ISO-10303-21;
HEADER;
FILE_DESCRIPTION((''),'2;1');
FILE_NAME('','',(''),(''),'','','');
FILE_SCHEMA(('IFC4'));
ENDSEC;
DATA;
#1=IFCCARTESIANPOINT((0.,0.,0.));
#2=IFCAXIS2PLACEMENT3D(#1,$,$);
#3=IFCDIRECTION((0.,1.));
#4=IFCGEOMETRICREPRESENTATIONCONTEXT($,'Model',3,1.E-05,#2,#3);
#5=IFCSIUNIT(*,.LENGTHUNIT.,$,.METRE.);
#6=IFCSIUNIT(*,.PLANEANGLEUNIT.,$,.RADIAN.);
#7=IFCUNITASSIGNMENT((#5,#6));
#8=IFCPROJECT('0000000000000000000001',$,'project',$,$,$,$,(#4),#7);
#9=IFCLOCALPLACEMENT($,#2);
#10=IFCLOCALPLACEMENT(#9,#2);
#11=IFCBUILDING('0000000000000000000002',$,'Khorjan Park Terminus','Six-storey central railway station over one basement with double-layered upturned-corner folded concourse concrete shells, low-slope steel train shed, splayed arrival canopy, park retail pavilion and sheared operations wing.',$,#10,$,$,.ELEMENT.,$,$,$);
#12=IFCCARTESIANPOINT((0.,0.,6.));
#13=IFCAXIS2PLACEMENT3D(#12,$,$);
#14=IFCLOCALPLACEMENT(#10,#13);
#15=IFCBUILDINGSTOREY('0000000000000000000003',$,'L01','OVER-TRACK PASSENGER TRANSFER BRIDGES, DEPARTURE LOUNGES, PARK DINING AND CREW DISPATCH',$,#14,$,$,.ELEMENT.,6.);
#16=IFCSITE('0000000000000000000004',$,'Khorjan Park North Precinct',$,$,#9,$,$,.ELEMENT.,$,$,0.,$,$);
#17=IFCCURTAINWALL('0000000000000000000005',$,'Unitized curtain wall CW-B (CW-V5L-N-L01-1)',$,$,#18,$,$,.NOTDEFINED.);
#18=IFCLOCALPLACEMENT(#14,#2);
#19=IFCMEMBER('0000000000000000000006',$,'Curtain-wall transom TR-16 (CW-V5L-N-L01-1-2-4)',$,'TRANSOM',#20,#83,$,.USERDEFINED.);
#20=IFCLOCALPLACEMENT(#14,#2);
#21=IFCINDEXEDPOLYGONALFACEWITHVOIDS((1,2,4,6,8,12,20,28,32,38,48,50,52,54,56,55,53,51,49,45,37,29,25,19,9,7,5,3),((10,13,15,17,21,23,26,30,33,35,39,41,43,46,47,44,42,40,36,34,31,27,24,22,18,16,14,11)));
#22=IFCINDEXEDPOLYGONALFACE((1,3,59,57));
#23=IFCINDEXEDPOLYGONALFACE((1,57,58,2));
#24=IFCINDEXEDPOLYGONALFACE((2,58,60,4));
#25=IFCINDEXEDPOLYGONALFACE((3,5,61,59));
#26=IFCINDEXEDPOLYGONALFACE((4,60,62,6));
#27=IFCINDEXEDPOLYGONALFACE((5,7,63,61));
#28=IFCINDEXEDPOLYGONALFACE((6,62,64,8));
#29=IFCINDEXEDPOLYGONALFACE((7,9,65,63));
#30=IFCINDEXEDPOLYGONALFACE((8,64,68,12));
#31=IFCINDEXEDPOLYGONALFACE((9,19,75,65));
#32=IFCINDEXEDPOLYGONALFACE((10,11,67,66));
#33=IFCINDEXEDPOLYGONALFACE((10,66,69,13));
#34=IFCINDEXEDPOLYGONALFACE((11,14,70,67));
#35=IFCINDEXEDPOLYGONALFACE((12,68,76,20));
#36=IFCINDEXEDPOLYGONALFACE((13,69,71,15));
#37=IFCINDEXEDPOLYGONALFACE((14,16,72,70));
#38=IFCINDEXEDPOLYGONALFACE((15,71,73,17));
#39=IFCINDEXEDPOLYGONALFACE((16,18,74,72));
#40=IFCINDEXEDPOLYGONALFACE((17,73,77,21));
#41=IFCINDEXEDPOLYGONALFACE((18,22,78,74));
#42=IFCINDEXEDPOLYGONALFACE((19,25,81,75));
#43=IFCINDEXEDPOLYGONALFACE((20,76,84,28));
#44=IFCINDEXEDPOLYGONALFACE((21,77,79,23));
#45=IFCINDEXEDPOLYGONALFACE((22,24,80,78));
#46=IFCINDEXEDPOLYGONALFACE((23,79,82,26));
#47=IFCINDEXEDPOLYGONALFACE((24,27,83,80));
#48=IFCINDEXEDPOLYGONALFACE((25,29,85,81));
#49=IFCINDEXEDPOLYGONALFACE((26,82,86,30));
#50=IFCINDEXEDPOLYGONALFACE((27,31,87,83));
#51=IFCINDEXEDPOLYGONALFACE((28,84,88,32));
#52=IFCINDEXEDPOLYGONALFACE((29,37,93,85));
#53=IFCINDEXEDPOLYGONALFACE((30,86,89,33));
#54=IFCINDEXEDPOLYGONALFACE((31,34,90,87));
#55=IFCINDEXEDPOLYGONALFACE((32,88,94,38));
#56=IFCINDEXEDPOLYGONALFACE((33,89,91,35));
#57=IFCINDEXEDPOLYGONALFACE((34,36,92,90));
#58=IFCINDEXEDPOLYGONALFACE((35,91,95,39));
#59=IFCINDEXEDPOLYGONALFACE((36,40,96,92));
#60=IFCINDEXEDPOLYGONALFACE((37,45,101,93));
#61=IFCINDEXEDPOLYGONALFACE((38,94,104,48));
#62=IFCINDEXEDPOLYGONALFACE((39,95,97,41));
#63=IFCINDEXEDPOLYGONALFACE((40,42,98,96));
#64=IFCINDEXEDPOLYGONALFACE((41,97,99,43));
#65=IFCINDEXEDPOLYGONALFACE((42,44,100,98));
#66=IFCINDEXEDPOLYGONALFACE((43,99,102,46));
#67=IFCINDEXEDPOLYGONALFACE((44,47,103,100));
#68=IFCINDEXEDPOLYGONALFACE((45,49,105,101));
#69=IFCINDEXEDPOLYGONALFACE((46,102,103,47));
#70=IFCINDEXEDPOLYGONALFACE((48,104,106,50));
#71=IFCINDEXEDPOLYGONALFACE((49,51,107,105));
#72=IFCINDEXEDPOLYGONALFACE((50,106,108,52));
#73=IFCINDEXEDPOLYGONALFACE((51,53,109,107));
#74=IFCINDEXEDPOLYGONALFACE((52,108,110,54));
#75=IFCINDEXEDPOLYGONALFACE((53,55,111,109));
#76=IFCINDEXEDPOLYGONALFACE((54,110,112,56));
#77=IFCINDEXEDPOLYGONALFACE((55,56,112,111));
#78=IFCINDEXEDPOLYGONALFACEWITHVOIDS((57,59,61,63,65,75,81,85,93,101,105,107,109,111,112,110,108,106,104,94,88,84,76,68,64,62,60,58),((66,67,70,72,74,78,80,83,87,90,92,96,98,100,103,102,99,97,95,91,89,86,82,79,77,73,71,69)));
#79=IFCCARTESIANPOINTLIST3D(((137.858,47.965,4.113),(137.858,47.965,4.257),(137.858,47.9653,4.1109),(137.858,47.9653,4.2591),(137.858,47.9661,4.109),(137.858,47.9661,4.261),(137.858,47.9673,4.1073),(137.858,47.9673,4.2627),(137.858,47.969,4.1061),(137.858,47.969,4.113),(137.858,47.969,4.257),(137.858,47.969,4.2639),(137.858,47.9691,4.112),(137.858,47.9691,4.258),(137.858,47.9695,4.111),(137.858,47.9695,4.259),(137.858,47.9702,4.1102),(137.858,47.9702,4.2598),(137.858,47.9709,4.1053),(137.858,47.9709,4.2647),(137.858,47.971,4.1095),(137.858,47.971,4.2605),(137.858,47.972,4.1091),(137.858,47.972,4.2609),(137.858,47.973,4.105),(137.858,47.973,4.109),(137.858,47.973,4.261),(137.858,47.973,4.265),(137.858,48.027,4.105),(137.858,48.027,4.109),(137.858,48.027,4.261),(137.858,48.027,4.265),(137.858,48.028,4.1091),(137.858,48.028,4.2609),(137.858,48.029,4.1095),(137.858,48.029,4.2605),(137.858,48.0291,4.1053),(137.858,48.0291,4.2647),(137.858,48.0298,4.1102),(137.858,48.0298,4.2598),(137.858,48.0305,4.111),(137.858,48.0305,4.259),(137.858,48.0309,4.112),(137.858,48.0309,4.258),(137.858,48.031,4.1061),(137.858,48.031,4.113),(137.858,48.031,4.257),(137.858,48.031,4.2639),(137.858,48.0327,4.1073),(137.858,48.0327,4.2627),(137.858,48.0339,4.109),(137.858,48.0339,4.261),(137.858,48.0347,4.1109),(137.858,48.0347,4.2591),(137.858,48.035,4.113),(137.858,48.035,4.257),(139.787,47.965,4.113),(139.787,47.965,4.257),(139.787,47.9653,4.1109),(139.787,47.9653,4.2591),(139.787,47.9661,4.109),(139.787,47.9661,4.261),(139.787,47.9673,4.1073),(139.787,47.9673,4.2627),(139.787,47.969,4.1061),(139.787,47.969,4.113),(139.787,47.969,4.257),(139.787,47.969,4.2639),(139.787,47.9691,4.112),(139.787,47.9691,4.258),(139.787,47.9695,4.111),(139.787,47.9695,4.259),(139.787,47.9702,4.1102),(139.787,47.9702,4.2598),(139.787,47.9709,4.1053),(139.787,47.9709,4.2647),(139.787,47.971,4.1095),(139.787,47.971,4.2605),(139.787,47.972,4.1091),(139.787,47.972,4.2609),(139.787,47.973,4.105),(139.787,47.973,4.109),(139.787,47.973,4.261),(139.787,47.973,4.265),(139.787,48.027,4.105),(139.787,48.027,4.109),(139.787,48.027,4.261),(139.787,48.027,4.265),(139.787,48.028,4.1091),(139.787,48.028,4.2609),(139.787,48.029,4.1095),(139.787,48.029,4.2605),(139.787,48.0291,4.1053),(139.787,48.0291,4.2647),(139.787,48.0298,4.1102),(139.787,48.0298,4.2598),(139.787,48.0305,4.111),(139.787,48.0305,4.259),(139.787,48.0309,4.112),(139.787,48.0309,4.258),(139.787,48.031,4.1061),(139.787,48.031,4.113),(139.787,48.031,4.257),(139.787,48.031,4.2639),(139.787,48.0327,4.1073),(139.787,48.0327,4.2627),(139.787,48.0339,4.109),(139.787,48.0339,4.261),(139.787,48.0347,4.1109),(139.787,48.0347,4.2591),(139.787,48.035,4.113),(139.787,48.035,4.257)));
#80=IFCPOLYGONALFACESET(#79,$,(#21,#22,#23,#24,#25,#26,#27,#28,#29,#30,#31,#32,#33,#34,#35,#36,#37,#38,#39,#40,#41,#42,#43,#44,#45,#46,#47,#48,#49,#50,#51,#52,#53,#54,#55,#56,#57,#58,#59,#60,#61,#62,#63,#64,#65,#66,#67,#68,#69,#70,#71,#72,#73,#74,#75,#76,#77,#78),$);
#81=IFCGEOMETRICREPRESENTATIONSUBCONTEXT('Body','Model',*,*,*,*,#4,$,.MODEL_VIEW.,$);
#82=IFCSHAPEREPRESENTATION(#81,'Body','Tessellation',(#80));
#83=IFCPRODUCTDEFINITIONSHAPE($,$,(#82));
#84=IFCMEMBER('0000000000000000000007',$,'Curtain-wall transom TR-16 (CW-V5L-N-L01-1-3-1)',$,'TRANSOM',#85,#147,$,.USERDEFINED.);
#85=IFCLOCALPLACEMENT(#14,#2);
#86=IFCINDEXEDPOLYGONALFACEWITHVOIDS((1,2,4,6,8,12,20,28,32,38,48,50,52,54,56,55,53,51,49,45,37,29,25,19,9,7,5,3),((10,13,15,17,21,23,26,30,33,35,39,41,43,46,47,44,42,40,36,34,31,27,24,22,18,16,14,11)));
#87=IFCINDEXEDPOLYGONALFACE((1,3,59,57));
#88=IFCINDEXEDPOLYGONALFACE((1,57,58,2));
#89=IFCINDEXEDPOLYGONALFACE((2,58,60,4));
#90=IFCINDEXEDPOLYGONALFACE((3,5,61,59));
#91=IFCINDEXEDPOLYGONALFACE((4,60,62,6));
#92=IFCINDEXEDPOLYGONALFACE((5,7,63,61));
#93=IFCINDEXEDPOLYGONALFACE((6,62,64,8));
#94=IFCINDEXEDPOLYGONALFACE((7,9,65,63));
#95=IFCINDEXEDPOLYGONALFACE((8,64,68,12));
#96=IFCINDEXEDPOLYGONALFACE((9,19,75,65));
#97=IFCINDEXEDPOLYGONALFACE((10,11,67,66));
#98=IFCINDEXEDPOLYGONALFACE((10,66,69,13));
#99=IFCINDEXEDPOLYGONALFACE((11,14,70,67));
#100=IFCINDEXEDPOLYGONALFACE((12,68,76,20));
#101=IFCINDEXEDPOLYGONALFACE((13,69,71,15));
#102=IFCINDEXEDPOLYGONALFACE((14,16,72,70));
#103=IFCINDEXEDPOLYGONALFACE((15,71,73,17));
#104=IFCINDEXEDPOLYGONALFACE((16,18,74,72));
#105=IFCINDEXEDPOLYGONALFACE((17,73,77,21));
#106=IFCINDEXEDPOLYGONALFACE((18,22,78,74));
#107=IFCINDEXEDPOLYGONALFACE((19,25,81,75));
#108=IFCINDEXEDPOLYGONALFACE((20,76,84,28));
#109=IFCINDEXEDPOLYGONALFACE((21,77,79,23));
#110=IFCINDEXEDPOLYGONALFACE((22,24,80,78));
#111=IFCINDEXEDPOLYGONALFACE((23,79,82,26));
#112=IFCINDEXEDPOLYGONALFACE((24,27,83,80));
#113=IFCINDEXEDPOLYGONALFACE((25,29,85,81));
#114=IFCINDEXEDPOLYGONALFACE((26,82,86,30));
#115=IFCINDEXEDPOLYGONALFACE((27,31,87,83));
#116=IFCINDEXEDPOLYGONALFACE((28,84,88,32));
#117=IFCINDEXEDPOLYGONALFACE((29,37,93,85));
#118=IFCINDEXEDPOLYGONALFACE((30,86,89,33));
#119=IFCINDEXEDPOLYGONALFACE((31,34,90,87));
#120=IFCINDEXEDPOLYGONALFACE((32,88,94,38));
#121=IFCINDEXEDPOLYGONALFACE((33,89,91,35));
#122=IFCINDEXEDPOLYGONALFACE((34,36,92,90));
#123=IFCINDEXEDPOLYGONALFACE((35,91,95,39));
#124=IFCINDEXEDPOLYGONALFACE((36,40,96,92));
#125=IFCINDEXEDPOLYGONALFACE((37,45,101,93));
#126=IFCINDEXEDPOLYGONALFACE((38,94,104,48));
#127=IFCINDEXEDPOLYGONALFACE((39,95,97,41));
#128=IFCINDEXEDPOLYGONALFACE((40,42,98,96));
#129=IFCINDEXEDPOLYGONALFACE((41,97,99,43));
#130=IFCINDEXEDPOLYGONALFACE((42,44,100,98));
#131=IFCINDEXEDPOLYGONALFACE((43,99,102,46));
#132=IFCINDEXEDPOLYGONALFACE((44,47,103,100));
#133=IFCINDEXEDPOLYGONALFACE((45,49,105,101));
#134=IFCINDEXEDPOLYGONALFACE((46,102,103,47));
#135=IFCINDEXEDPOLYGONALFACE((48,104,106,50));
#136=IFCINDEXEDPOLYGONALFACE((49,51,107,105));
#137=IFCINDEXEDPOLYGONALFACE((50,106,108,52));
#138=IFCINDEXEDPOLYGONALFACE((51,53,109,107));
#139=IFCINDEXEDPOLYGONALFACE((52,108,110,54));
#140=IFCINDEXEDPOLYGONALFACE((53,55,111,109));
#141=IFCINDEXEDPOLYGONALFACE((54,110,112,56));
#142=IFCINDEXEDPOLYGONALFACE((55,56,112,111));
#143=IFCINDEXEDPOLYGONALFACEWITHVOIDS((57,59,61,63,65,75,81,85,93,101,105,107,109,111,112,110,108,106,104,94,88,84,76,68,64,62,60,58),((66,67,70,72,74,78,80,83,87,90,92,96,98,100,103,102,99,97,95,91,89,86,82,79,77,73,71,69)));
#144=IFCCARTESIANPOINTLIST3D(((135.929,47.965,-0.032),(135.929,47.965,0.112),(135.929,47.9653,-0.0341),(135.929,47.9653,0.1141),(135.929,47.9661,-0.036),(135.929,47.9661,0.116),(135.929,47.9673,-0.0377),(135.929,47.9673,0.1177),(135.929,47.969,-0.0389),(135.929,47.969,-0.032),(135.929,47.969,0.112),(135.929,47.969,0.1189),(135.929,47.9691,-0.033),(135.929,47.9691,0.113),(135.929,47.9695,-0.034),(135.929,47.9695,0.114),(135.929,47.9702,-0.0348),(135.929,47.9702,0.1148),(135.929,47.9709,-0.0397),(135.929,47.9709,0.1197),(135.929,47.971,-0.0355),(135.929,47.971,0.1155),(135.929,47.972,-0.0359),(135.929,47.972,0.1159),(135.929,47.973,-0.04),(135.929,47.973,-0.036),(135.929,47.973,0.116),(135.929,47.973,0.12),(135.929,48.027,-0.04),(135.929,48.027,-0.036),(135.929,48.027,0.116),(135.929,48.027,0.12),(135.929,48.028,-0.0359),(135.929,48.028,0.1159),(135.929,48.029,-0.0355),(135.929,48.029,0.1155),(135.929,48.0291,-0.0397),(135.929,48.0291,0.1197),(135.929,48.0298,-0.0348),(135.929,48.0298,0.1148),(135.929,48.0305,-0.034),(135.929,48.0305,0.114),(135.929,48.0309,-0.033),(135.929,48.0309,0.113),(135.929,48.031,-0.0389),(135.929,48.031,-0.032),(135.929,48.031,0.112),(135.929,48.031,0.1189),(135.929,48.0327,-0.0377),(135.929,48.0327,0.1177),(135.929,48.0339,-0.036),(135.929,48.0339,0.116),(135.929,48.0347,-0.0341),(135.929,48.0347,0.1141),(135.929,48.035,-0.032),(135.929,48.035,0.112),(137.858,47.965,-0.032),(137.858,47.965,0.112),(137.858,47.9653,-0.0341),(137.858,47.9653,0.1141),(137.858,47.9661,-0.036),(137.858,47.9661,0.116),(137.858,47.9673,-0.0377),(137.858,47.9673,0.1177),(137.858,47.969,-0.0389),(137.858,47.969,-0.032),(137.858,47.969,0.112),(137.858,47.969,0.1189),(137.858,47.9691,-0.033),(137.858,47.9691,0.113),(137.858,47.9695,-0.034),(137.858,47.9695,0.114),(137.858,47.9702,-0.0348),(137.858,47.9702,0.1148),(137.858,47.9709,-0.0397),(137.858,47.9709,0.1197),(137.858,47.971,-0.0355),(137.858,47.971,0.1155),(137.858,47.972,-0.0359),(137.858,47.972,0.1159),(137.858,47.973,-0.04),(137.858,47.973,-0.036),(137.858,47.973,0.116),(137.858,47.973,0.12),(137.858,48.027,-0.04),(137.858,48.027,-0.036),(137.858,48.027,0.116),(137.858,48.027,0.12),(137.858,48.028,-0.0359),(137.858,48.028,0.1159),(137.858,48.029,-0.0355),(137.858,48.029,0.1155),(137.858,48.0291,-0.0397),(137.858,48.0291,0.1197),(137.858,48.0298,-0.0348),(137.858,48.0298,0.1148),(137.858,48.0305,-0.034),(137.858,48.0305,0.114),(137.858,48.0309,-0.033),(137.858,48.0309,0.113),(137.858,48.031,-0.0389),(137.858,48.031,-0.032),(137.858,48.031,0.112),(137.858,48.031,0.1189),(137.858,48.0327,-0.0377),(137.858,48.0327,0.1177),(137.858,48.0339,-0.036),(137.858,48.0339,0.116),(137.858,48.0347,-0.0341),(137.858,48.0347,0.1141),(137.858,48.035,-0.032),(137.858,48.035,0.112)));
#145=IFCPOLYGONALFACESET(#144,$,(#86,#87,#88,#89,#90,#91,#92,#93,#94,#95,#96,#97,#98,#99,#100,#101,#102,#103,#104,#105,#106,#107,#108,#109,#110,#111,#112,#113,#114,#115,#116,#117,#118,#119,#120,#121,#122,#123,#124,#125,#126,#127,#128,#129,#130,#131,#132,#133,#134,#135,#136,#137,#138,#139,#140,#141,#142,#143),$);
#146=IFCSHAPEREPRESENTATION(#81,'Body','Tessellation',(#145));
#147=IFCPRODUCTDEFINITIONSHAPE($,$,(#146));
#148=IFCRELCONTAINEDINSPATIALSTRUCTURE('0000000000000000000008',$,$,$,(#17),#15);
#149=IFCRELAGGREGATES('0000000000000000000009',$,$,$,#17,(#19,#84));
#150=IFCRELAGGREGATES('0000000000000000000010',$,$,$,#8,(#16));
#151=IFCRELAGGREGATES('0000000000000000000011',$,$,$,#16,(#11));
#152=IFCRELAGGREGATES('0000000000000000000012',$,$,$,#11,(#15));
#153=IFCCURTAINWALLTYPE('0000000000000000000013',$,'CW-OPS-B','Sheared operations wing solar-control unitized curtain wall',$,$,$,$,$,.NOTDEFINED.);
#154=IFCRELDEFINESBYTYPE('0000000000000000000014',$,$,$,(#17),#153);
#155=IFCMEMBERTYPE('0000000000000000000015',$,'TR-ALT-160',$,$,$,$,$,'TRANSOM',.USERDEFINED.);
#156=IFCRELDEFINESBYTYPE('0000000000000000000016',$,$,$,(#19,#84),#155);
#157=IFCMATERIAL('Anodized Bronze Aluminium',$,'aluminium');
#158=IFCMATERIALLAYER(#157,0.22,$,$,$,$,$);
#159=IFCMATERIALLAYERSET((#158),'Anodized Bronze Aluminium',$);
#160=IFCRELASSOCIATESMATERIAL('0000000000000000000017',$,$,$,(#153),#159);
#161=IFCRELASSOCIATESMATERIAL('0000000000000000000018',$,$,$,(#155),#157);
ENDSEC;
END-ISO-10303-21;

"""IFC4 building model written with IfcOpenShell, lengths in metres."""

from ifc_helpers import new_model, si_unit, direction, frame, origin, origin_2d, place, context, subcontext, project, spatial, hollow_rectangle, extrude, material, layer, layer_set, material_profile, profile_set, type_object, element, aggregate, save


model = new_model("IFC4")

# Units and contexts
model_context = context("Model", 3, precision=1e-05, world=origin(), true_north=direction((0.0, 1.0)))
body_context = subcontext(model_context, "Body", "Model", "MODEL_VIEW")
ifc_project = project(units=[si_unit("LENGTHUNIT", "METRE"), si_unit("PLANEANGLEUNIT", "RADIAN")], contexts=[model_context])

# Site, building, storey
site_placement = place(None, origin())
site = spatial("IfcSite", under=ifc_project, at=site_placement, Name="Khorjan Park North Precinct", CompositionType="ELEMENT", RefElevation=0.0)
building_placement = place(site_placement, origin())
building = spatial("IfcBuilding", under=site, at=building_placement, Name="Khorjan Park Terminus", Description="Six-storey central railway station over one basement with double-layered upturned-corner folded concourse concrete shells, low-slope steel train shed, splayed arrival canopy, park retail pavilion and sheared operations wing.", CompositionType="ELEMENT")
storey_placement = place(building_placement, frame((0.0, 0.0, 6.0)))
storey = spatial("IfcBuildingStorey", under=building, at=storey_placement, Name="L01", Description="OVER-TRACK PASSENGER TRANSFER BRIDGES, DEPARTURE LOUNGES, PARK DINING AND CREW DISPATCH", CompositionType="ELEMENT", Elevation=6.0)

# Curtain wall
ifc_material_1 = material(Name="Anodized Bronze Aluminium", Category="aluminium")
ifc_layer_1 = layer(ifc_material_1, 0.22)
ifc_layer_set_1 = layer_set([ifc_layer_1], Name="Anodized Bronze Aluminium")
curtain_wall_type = type_object("IfcCurtainWallType", Name="CW-OPS-B", Description="Sheared operations wing solar-control unitized curtain wall", PredefinedType="NOTDEFINED", material=ifc_layer_set_1)
curtain_wall_1_placement = place(storey_placement, origin())
curtain_wall_1 = element("IfcCurtainWall", 1, at=curtain_wall_1_placement, inside=storey, type_object=curtain_wall_type, Name="Unitized curtain wall CW-B (CW-V5L-N-L01-1)", PredefinedType="NOTDEFINED")

# Members
ifc_material_profile_1 = material_profile(ifc_material_1, hollow_rectangle(XDim=0.07, YDim=0.16, WallThickness=0.004, InnerFilletRadius=0.004, OuterFilletRadius=0.008, at=origin_2d()), Name="ALT 70x160x4")
ifc_profile_set_1 = profile_set([ifc_material_profile_1], Name="Anodized Bronze Aluminium")
member_type_1 = type_object("IfcMemberType", Name="TR-ALT-160", ElementType="TRANSOM", PredefinedType="USERDEFINED", material=ifc_profile_set_1)
member_1_placement = place(storey_placement, frame((139.787, 48.0, 4.185), z_axis=(-1.0, 0.0, 0.0), x_axis=(0.0, -1.0, 0.0)))
member_1 = element("IfcMember", 2, at=member_1_placement, type_object=member_type_1, Name="Curtain-wall transom TR-16 (CW-V5L-N-L01-1-2-4)", ObjectType="TRANSOM", PredefinedType="USERDEFINED", context=body_context, shape_type="SweptSolid", body=[
    extrude(hollow_rectangle(XDim=0.07, YDim=0.16, WallThickness=0.004, InnerFilletRadius=0.004, OuterFilletRadius=0.008, at=origin_2d()), origin(), (0.0, 0.0, 1.0), 1.929),
])
member_2_placement = place(storey_placement, frame((137.858, 48.0, 0.04), z_axis=(-1.0, 0.0, 0.0), x_axis=(0.0, -1.0, 0.0)))
member_2 = element("IfcMember", 3, at=member_2_placement, type_object=member_type_1, Name="Curtain-wall transom TR-16 (CW-V5L-N-L01-1-3-1)", ObjectType="TRANSOM", PredefinedType="USERDEFINED", context=body_context, shape_type="SweptSolid", body=[
    extrude(hollow_rectangle(XDim=0.07, YDim=0.16, WallThickness=0.004, InnerFilletRadius=0.004, OuterFilletRadius=0.008, at=origin_2d()), origin(), (0.0, 0.0, 1.0), 1.929),
])

aggregate(curtain_wall_1, [member_1, member_2])

save(model, "model.ifc")
